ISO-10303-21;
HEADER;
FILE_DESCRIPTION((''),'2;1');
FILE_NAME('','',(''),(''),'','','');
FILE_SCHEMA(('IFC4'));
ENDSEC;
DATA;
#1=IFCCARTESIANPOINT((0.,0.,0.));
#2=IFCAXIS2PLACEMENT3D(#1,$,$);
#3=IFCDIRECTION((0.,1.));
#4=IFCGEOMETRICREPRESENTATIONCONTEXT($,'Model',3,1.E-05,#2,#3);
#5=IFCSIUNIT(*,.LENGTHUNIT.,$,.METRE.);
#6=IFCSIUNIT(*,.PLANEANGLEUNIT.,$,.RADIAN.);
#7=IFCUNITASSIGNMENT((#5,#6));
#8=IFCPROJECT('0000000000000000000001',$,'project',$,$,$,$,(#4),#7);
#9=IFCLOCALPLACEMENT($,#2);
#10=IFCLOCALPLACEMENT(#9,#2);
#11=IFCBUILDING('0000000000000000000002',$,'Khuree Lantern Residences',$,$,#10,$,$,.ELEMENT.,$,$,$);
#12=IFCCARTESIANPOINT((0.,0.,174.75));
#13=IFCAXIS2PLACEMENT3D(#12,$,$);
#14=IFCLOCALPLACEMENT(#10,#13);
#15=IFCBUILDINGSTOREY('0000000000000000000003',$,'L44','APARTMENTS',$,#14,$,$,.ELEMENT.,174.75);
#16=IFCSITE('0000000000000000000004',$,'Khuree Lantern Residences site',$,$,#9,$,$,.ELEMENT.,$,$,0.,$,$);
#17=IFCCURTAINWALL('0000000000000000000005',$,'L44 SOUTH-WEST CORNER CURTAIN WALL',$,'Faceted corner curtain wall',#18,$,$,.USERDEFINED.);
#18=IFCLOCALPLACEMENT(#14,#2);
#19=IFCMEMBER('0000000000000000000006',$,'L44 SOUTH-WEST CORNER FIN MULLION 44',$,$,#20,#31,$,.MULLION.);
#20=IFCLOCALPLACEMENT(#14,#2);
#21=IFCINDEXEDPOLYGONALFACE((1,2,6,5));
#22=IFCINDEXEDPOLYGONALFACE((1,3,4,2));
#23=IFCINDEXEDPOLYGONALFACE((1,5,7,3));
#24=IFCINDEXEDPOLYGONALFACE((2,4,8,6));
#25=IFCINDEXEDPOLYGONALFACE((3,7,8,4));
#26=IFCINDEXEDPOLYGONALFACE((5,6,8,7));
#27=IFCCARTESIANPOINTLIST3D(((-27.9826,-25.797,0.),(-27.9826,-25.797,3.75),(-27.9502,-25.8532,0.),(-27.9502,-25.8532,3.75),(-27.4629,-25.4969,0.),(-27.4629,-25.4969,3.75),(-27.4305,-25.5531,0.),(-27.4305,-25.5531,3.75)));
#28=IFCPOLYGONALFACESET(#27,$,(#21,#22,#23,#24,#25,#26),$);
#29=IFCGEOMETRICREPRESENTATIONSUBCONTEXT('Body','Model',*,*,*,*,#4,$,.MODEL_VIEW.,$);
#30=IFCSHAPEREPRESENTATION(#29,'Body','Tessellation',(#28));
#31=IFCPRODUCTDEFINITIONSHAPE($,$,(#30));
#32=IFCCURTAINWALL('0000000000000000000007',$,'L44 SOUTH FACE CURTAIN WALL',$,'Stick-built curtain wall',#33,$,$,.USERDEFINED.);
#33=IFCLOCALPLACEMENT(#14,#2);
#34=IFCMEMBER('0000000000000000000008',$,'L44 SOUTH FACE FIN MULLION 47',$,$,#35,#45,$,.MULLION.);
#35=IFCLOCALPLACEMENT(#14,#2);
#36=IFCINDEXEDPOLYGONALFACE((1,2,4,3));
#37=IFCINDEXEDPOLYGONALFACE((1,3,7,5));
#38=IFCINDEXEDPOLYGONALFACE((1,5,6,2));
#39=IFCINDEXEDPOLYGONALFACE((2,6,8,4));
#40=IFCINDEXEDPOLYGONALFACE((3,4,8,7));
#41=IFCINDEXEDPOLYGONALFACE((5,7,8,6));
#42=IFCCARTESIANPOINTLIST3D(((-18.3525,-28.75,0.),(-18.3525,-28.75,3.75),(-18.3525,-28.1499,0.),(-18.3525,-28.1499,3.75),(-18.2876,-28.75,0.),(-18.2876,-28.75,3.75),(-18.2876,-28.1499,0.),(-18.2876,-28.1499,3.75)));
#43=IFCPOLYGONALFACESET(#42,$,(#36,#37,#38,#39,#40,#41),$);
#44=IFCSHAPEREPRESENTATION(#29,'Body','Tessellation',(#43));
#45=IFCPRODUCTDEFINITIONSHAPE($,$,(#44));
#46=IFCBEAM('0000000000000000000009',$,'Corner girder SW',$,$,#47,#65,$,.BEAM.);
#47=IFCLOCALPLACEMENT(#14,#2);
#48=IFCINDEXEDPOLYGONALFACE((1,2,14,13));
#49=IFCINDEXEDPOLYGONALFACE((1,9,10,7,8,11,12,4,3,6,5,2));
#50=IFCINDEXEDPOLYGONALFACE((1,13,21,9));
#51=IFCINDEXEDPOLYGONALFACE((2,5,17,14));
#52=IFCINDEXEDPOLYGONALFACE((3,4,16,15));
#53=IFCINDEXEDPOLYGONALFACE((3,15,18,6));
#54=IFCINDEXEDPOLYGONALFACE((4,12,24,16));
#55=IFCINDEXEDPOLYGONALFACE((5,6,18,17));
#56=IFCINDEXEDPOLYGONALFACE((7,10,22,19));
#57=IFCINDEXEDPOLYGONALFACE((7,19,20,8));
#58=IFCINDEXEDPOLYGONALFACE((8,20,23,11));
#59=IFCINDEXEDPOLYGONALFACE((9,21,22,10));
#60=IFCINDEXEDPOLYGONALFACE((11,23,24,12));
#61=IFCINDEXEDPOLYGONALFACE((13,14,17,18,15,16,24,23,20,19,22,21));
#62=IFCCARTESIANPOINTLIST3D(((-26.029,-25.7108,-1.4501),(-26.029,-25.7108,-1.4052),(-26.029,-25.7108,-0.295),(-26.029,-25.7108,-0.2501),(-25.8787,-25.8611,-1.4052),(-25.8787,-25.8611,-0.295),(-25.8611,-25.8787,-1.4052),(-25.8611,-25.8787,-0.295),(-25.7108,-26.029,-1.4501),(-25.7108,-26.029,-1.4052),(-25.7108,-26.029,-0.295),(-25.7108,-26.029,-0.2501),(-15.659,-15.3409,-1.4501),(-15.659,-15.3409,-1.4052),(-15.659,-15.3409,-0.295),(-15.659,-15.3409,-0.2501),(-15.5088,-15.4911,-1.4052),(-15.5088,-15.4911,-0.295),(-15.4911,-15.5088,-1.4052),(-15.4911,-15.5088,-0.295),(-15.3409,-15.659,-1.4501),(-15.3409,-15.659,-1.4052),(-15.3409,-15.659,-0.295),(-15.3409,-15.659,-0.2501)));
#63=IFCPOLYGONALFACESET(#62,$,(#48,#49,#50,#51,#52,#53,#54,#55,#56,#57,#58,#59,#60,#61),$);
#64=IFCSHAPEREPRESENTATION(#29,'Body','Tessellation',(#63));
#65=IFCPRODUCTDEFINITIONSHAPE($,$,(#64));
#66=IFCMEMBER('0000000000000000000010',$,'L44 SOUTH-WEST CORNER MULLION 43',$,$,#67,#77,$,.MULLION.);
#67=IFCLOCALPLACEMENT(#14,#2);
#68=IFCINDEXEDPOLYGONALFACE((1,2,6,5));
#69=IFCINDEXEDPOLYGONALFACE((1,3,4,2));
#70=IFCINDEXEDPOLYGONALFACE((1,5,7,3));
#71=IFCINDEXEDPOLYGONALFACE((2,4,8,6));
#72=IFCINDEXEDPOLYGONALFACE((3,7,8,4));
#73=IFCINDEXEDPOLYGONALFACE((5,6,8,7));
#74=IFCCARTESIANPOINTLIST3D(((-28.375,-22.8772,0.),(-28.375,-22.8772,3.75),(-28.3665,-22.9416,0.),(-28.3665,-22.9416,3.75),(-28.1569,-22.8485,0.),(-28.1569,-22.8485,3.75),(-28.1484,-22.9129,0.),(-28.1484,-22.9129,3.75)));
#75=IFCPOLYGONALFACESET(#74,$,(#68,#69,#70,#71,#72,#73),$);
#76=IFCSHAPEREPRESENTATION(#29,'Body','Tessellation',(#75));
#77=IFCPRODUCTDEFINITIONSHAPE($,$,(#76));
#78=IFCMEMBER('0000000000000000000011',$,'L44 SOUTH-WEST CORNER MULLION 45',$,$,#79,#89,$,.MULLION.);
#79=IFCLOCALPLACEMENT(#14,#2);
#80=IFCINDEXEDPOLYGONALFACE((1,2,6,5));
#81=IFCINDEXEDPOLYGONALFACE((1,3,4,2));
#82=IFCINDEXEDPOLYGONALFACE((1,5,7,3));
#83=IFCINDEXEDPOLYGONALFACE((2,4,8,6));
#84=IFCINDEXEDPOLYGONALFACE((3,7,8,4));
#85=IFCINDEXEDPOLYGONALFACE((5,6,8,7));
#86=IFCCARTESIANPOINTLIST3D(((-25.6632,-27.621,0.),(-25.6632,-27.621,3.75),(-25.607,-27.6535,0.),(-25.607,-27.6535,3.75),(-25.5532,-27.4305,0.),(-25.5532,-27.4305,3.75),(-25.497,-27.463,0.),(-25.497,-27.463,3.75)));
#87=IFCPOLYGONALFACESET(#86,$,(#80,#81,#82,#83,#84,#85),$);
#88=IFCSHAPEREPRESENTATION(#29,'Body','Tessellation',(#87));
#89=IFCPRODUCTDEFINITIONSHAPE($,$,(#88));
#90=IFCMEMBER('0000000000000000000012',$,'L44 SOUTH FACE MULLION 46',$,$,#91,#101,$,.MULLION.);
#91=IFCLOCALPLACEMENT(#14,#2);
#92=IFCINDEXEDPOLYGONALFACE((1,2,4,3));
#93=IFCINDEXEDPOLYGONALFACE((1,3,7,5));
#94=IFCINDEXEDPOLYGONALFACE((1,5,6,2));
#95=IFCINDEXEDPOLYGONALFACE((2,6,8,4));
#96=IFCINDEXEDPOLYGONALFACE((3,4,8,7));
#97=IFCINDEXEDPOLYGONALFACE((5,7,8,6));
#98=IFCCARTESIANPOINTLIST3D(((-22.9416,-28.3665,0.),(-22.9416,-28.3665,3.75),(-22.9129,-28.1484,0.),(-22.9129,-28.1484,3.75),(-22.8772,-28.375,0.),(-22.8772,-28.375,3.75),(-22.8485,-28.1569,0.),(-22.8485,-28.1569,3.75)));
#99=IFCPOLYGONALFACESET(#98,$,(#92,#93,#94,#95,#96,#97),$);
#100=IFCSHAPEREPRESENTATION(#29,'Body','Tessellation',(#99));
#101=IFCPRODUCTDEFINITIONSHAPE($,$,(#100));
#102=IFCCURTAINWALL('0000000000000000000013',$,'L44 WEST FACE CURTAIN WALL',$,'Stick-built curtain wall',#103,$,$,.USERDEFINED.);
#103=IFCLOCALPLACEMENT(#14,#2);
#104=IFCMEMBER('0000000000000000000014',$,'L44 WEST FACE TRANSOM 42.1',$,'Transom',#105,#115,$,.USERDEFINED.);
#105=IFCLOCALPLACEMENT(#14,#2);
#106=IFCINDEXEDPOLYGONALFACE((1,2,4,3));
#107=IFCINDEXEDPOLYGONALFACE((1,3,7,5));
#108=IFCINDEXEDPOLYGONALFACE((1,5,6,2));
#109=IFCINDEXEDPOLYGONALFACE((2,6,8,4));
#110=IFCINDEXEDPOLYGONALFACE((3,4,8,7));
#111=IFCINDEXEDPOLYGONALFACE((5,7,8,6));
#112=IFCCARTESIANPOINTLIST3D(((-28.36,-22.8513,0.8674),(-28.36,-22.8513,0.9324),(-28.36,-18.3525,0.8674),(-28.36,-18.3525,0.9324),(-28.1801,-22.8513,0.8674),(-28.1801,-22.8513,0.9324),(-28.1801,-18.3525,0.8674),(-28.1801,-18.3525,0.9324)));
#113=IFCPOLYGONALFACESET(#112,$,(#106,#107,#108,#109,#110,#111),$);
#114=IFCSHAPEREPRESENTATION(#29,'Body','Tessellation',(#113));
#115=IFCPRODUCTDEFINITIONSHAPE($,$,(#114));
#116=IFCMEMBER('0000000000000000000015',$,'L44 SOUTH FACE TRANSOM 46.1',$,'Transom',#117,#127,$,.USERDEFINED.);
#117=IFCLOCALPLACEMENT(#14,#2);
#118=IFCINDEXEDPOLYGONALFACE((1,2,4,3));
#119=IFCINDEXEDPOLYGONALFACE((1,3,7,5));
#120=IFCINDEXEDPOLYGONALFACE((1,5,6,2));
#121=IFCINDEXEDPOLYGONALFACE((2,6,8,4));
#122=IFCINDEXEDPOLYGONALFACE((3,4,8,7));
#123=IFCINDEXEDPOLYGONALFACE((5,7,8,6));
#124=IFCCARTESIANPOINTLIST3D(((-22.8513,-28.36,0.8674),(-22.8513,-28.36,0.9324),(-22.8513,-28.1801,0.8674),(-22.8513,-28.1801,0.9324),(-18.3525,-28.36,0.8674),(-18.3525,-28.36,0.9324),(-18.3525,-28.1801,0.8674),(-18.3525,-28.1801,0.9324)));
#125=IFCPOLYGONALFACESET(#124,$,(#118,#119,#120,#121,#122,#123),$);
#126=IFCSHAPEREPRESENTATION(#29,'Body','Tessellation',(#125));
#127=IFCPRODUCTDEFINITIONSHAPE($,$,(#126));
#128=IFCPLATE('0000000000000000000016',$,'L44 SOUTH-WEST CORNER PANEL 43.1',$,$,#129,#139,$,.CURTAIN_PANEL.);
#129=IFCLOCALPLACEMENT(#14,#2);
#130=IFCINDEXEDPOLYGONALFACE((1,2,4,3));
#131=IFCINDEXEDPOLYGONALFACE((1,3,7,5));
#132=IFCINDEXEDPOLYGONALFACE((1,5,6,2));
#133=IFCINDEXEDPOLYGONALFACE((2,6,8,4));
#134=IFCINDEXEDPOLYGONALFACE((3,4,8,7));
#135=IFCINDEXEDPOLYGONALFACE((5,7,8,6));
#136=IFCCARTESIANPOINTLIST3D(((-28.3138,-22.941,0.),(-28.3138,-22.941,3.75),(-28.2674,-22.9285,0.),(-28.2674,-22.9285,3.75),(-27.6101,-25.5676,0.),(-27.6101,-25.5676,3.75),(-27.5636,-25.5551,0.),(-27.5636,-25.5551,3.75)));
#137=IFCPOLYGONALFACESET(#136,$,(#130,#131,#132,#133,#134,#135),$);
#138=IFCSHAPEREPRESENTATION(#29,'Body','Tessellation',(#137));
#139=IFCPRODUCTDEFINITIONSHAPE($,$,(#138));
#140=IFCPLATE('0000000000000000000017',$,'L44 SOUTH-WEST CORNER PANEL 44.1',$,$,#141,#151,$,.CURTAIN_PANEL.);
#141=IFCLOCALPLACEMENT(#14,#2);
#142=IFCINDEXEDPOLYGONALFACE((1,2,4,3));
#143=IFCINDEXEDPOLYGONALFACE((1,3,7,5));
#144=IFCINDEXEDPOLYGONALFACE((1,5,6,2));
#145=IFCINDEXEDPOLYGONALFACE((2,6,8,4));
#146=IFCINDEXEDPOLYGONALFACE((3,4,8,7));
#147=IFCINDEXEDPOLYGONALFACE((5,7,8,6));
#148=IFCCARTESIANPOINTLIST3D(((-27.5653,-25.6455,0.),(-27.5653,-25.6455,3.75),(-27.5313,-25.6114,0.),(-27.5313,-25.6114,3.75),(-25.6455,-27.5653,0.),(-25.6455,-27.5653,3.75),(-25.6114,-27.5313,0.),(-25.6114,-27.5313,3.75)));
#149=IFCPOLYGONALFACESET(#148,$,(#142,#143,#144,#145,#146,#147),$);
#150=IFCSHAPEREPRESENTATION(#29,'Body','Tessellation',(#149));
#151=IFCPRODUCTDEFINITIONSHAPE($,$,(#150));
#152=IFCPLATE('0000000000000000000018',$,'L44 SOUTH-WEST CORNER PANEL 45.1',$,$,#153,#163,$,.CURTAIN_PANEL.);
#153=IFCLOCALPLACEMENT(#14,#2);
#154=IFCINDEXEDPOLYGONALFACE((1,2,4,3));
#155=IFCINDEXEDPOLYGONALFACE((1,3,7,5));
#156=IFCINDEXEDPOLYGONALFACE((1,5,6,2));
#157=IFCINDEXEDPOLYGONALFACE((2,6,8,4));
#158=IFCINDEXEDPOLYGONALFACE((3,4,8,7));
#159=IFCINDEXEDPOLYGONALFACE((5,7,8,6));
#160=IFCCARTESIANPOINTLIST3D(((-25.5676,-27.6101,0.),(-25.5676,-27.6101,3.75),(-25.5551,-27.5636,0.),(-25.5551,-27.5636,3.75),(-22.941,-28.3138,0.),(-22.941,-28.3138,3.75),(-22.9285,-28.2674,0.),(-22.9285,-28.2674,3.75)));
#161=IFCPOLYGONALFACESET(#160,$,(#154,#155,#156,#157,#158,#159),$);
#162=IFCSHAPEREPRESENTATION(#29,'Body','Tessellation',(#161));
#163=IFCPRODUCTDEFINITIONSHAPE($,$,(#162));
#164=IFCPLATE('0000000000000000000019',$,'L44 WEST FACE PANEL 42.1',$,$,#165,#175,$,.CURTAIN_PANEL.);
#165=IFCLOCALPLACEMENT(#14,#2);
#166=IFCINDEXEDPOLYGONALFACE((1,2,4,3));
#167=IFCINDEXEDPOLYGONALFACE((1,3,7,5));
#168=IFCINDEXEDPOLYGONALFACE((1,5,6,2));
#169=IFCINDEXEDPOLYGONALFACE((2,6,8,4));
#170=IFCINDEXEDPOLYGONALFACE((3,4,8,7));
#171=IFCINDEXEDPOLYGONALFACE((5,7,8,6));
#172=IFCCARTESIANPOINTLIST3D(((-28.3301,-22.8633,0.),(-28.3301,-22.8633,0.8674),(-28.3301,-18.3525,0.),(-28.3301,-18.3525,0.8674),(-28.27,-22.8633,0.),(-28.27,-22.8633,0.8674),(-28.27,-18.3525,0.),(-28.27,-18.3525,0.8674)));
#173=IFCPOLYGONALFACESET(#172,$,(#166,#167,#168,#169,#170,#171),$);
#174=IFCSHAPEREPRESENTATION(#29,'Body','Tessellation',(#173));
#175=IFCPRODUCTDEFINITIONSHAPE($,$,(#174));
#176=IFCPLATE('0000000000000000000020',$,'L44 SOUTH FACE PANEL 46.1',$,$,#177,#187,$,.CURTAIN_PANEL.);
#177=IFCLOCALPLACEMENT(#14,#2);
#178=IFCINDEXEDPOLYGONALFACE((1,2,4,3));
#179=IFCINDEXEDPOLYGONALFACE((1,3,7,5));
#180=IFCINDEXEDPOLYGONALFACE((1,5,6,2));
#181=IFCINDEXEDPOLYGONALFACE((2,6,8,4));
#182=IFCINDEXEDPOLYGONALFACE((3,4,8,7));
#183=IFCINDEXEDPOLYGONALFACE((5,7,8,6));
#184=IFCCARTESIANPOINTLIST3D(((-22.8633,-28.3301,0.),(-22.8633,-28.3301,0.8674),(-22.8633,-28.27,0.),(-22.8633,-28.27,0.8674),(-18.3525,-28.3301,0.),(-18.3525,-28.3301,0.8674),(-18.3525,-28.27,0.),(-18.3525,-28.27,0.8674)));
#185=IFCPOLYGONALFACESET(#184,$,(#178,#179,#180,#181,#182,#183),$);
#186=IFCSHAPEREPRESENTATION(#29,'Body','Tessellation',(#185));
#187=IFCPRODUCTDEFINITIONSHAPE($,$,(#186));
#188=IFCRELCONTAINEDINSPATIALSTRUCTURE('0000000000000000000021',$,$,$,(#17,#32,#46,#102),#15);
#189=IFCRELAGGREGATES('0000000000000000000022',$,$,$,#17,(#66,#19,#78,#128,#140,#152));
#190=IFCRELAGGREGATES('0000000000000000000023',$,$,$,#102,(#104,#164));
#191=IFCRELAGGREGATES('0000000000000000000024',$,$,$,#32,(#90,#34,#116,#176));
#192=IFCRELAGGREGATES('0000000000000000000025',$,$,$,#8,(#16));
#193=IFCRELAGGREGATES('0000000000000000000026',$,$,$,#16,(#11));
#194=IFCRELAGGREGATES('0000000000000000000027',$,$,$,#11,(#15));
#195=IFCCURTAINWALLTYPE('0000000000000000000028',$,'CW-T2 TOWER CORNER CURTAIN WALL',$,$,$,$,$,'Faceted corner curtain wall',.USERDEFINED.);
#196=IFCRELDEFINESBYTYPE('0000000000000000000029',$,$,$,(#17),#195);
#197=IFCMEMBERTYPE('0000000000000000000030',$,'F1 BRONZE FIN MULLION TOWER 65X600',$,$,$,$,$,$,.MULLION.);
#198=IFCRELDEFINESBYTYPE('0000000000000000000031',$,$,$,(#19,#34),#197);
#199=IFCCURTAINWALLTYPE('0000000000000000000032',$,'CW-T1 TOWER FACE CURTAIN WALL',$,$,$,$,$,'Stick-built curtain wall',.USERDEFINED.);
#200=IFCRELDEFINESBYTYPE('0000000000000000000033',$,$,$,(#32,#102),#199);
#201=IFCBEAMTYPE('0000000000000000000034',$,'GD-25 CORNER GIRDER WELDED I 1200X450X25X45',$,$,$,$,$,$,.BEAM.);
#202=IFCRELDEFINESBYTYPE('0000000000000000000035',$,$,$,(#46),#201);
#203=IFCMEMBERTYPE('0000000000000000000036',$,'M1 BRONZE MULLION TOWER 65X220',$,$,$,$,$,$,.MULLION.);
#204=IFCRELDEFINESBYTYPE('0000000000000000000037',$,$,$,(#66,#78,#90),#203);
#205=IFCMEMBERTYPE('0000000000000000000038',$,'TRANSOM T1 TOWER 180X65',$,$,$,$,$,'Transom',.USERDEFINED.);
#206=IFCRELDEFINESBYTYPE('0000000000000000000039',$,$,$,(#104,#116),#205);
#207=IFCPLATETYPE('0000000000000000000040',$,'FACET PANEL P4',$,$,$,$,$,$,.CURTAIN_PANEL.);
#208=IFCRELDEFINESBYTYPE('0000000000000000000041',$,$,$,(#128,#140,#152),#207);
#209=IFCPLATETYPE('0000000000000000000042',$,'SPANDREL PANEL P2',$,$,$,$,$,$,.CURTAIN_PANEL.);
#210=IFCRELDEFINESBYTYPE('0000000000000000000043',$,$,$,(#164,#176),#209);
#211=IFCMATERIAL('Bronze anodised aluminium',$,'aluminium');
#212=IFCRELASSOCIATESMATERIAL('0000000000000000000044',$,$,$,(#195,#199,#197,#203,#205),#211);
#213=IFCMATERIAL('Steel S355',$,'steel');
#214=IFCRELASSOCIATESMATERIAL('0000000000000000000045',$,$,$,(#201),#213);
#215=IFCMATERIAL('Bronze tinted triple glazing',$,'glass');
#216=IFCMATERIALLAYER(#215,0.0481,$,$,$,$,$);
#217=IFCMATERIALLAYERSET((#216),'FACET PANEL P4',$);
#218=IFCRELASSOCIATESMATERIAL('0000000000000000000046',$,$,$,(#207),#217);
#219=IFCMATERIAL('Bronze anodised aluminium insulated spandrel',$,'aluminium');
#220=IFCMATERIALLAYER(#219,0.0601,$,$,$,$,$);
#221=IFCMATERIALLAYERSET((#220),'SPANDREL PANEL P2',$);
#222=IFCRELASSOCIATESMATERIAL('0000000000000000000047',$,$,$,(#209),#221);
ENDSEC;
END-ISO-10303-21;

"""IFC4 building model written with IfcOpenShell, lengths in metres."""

from ifc_helpers import new_model, si_unit, direction, frame, origin, origin_2d, place, context, subcontext, project, spatial, rectangle, i_section, extrude, material, layer, layer_set, material_profile, profile_set, type_object, element, aggregate, save


model = new_model("IFC4")

# Units and contexts
model_context = context("Model", 3, precision=1e-05, world=origin(), true_north=direction((0.0, 1.0)))
body_context = subcontext(model_context, "Body", "Model", "MODEL_VIEW")
ifc_project = project(units=[si_unit("LENGTHUNIT", "METRE"), si_unit("PLANEANGLEUNIT", "RADIAN")], contexts=[model_context])

# Site, building, storey
site_placement = place(None, origin())
site = spatial("IfcSite", under=ifc_project, at=site_placement, Name="Khuree Lantern Residences site", CompositionType="ELEMENT", RefElevation=0.0)
building_placement = place(site_placement, origin())
building = spatial("IfcBuilding", under=site, at=building_placement, Name="Khuree Lantern Residences", CompositionType="ELEMENT")
storey_placement = place(building_placement, frame((0.0, 0.0, 174.75)))
storey = spatial("IfcBuildingStorey", under=building, at=storey_placement, Name="L44", Description="APARTMENTS", CompositionType="ELEMENT", Elevation=174.75)

# Shared definitions
ifc_material_1 = material(Name="Steel S355", Category="steel")

# Curtain walls, members
ifc_material_2 = material(Name="Bronze anodised aluminium", Category="aluminium")
curtain_wall_type_1 = type_object("IfcCurtainWallType", Name="CW-T2 TOWER CORNER CURTAIN WALL", ElementType="Faceted corner curtain wall", PredefinedType="USERDEFINED", material=ifc_material_2)
curtain_wall_1_placement = place(storey_placement, origin())
curtain_wall_1 = element("IfcCurtainWall", 1, at=curtain_wall_1_placement, inside=storey, type_object=curtain_wall_type_1, Name="L44 SOUTH-WEST CORNER CURTAIN WALL", ObjectType="Faceted corner curtain wall", PredefinedType="USERDEFINED")
ifc_material_profile_1 = material_profile(ifc_material_2, rectangle(XDim=0.0649, YDim=0.6001, at=origin_2d()), Name="F1 65X600")
ifc_profile_set_1 = profile_set([ifc_material_profile_1], Name="Bronze anodised aluminium")
member_type_1 = type_object("IfcMemberType", Name="F1 BRONZE FIN MULLION TOWER 65X600", PredefinedType="MULLION", material=ifc_profile_set_1)
member_1_placement = place(storey_placement, frame((-27.7065, -25.675, 0.0), z_axis=(0.0, 0.0, 1.0), x_axis=(0.5, -0.866025, 0.0)))
member_1 = element("IfcMember", 2, at=member_1_placement, type_object=member_type_1, Name="L44 SOUTH-WEST CORNER FIN MULLION 44", PredefinedType="MULLION", context=body_context, shape_type="SweptSolid", body=[
    extrude(rectangle(XDim=0.0649, YDim=0.6001, at=origin_2d()), origin(), (0.0, 0.0, 1.0), 3.75),
])
curtain_wall_type_2 = type_object("IfcCurtainWallType", Name="CW-T1 TOWER FACE CURTAIN WALL", ElementType="Stick-built curtain wall", PredefinedType="USERDEFINED", material=ifc_material_2)
curtain_wall_2_placement = place(storey_placement, origin())
curtain_wall_2 = element("IfcCurtainWall", 3, at=curtain_wall_2_placement, inside=storey, type_object=curtain_wall_type_2, Name="L44 SOUTH FACE CURTAIN WALL", ObjectType="Stick-built curtain wall", PredefinedType="USERDEFINED")
member_2_placement = place(storey_placement, frame((-18.3201, -28.45, 0.0), z_axis=(0.0, 0.0, 1.0), x_axis=(1.0, 0.0, 0.0)))
member_2 = element("IfcMember", 4, at=member_2_placement, type_object=member_type_1, Name="L44 SOUTH FACE FIN MULLION 47", PredefinedType="MULLION", context=body_context, shape_type="SweptSolid", body=[
    extrude(rectangle(XDim=0.0649, YDim=0.6001, at=origin_2d()), origin(), (0.0, 0.0, 1.0), 3.75),
])

# Beam
ifc_material_profile_2 = material_profile(ifc_material_1, i_section(OverallWidth=0.45, OverallDepth=1.2, WebThickness=0.0249, FlangeThickness=0.0449, at=origin_2d()), Name="WELDED I 1200X450X25X45")
ifc_profile_set_2 = profile_set([ifc_material_profile_2], Name="Steel S355")
beam_type_1 = type_object("IfcBeamType", Name="GD-25 CORNER GIRDER WELDED I 1200X450X25X45", PredefinedType="BEAM", material=ifc_profile_set_2)
beam_1_placement = place(storey_placement, frame((-25.8699, -25.8699, -0.8501), z_axis=(0.707107, 0.707107, 0.0), x_axis=(-0.707107, 0.707107, 0.0)))
element("IfcBeam", 5, at=beam_1_placement, inside=storey, type_object=beam_type_1, Name="Corner girder SW", PredefinedType="BEAM", context=body_context, shape_type="SweptSolid", body=[
    extrude(i_section(OverallWidth=0.45, OverallDepth=1.2, WebThickness=0.0249, FlangeThickness=0.0449, at=origin_2d()), origin(), (0.0, 0.0, 1.0), 14.6653),
])

# Members
ifc_material_profile_3 = material_profile(ifc_material_2, rectangle(XDim=0.0649, YDim=0.22, at=origin_2d()), Name="M1 65X220")
ifc_profile_set_3 = profile_set([ifc_material_profile_3], Name="Bronze anodised aluminium")
member_type_2 = type_object("IfcMemberType", Name="M1 BRONZE MULLION TOWER 65X220", PredefinedType="MULLION", material=ifc_profile_set_3)
member_3_placement = place(storey_placement, frame((-28.2617, -22.895, 0.0), z_axis=(0.0, 0.0, 1.0), x_axis=(0.130526, -0.991445, 0.0)))
member_3 = element("IfcMember", 6, at=member_3_placement, type_object=member_type_2, Name="L44 SOUTH-WEST CORNER MULLION 43", PredefinedType="MULLION", context=body_context, shape_type="SweptSolid", body=[
    extrude(rectangle(XDim=0.0649, YDim=0.22, at=origin_2d()), origin(), (0.0, 0.0, 1.0), 3.75),
])
member_4_placement = place(storey_placement, frame((-25.5801, -27.542, 0.0), z_axis=(0.0, 0.0, 1.0), x_axis=(0.866025, -0.5, 0.0)))
member_4 = element("IfcMember", 7, at=member_4_placement, type_object=member_type_2, Name="L44 SOUTH-WEST CORNER MULLION 45", PredefinedType="MULLION", context=body_context, shape_type="SweptSolid", body=[
    extrude(rectangle(XDim=0.0649, YDim=0.22, at=origin_2d()), origin(), (0.0, 0.0, 1.0), 3.75),
])
member_5_placement = place(storey_placement, frame((-22.895, -28.2617, 0.0), z_axis=(0.0, 0.0, 1.0), x_axis=(0.991445, -0.130526, 0.0)))
member_5 = element("IfcMember", 8, at=member_5_placement, type_object=member_type_2, Name="L44 SOUTH FACE MULLION 46", PredefinedType="MULLION", context=body_context, shape_type="SweptSolid", body=[
    extrude(rectangle(XDim=0.0649, YDim=0.22, at=origin_2d()), origin(), (0.0, 0.0, 1.0), 3.75),
])

# Curtain wall, member
curtain_wall_3_placement = place(storey_placement, origin())
curtain_wall_3 = element("IfcCurtainWall", 9, at=curtain_wall_3_placement, inside=storey, type_object=curtain_wall_type_2, Name="L44 WEST FACE CURTAIN WALL", ObjectType="Stick-built curtain wall", PredefinedType="USERDEFINED")
ifc_material_profile_4 = material_profile(ifc_material_2, rectangle(XDim=0.1799, YDim=0.0649, at=origin_2d()), Name="T1 180X65")
ifc_profile_set_4 = profile_set([ifc_material_profile_4], Name="Bronze anodised aluminium")
member_type_3 = type_object("IfcMemberType", Name="TRANSOM T1 TOWER 180X65", ElementType="Transom", PredefinedType="USERDEFINED", material=ifc_profile_set_4)
member_6_placement = place(storey_placement, frame((-28.27, -18.3525, 0.8999), z_axis=(0.0, -1.0, 0.0), x_axis=(1.0, 0.0, 0.0)))
member_6 = element("IfcMember", 10, at=member_6_placement, type_object=member_type_3, Name="L44 WEST FACE TRANSOM 42.1", ObjectType="Transom", PredefinedType="USERDEFINED", context=body_context, shape_type="SweptSolid", body=[
    extrude(rectangle(XDim=0.1799, YDim=0.0649, at=origin_2d()), origin(), (0.0, 0.0, 1.0), 4.4988),
])

# Member
member_7_placement = place(storey_placement, frame((-22.8513, -28.27, 0.8999), z_axis=(1.0, 0.0, 0.0), x_axis=(0.0, 1.0, 0.0)))
member_7 = element("IfcMember", 11, at=member_7_placement, type_object=member_type_3, Name="L44 SOUTH FACE TRANSOM 46.1", ObjectType="Transom", PredefinedType="USERDEFINED", context=body_context, shape_type="SweptSolid", body=[
    extrude(rectangle(XDim=0.1799, YDim=0.0649, at=origin_2d()), origin(), (0.0, 0.0, 1.0), 4.4988),
])

# Plates
ifc_material_3 = material(Name="Bronze tinted triple glazing", Category="glass")
ifc_layer_1 = layer(ifc_material_3, 0.0481)
ifc_layer_set_1 = layer_set([ifc_layer_1], Name="FACET PANEL P4")
plate_type_1 = type_object("IfcPlateType", Name="FACET PANEL P4", PredefinedType="CURTAIN_PANEL", material=ifc_layer_set_1)
plate_1_placement = place(storey_placement, frame((-27.9387, -24.248, 0.0), z_axis=(0.0, 0.0, 1.0), x_axis=(0.258819, -0.965926, 0.0)))
plate_1 = element("IfcPlate", 12, at=plate_1_placement, type_object=plate_type_1, Name="L44 SOUTH-WEST CORNER PANEL 43.1", PredefinedType="CURTAIN_PANEL", context=body_context, shape_type="SweptSolid", body=[
    extrude(rectangle(XDim=2.7192, YDim=0.0481, at=origin_2d()), origin(), (0.0, 0.0, 1.0), 3.75),
])
plate_2_placement = place(storey_placement, frame((-26.5884, -26.5884, 0.0), z_axis=(0.0, 0.0, 1.0), x_axis=(0.707107, -0.707107, 0.0)))
plate_2 = element("IfcPlate", 13, at=plate_2_placement, type_object=plate_type_1, Name="L44 SOUTH-WEST CORNER PANEL 44.1", PredefinedType="CURTAIN_PANEL", context=body_context, shape_type="SweptSolid", body=[
    extrude(rectangle(XDim=2.7151, YDim=0.0481, at=origin_2d()), origin(), (0.0, 0.0, 1.0), 3.75),
])
plate_3_placement = place(storey_placement, frame((-24.248, -27.9387, 0.0), z_axis=(0.0, 0.0, 1.0), x_axis=(0.965926, -0.258819, 0.0)))
plate_3 = element("IfcPlate", 14, at=plate_3_placement, type_object=plate_type_1, Name="L44 SOUTH-WEST CORNER PANEL 45.1", PredefinedType="CURTAIN_PANEL", context=body_context, shape_type="SweptSolid", body=[
    extrude(rectangle(XDim=2.7192, YDim=0.0481, at=origin_2d()), origin(), (0.0, 0.0, 1.0), 3.75),
])
aggregate(curtain_wall_1, [member_3, member_1, member_4, plate_1, plate_2, plate_3])
ifc_material_4 = material(Name="Bronze anodised aluminium insulated spandrel", Category="aluminium")
ifc_layer_2 = layer(ifc_material_4, 0.0601)
ifc_layer_set_2 = layer_set([ifc_layer_2], Name="SPANDREL PANEL P2")
plate_type_2 = type_object("IfcPlateType", Name="SPANDREL PANEL P2", PredefinedType="CURTAIN_PANEL", material=ifc_layer_set_2)
plate_4_placement = place(storey_placement, frame((-28.3, -20.6079, 0.0), z_axis=(0.0, 0.0, 1.0), x_axis=(0.0, -1.0, 0.0)))
plate_4 = element("IfcPlate", 15, at=plate_4_placement, type_object=plate_type_2, Name="L44 WEST FACE PANEL 42.1", PredefinedType="CURTAIN_PANEL", context=body_context, shape_type="SweptSolid", body=[
    extrude(rectangle(XDim=4.5107, YDim=0.0601, at=origin_2d()), origin(), (0.0, 0.0, 1.0), 0.8674),
])
plate_5_placement = place(storey_placement, frame((-20.6079, -28.3, 0.0), z_axis=(0.0, 0.0, 1.0), x_axis=(1.0, 0.0, 0.0)))
plate_5 = element("IfcPlate", 16, at=plate_5_placement, type_object=plate_type_2, Name="L44 SOUTH FACE PANEL 46.1", PredefinedType="CURTAIN_PANEL", context=body_context, shape_type="SweptSolid", body=[
    extrude(rectangle(XDim=4.5107, YDim=0.0601, at=origin_2d()), origin(), (0.0, 0.0, 1.0), 0.8674),
])
aggregate(curtain_wall_3, [member_6, plate_4])
aggregate(curtain_wall_2, [member_5, member_2, member_7, plate_5])

save(model, "model.ifc")
